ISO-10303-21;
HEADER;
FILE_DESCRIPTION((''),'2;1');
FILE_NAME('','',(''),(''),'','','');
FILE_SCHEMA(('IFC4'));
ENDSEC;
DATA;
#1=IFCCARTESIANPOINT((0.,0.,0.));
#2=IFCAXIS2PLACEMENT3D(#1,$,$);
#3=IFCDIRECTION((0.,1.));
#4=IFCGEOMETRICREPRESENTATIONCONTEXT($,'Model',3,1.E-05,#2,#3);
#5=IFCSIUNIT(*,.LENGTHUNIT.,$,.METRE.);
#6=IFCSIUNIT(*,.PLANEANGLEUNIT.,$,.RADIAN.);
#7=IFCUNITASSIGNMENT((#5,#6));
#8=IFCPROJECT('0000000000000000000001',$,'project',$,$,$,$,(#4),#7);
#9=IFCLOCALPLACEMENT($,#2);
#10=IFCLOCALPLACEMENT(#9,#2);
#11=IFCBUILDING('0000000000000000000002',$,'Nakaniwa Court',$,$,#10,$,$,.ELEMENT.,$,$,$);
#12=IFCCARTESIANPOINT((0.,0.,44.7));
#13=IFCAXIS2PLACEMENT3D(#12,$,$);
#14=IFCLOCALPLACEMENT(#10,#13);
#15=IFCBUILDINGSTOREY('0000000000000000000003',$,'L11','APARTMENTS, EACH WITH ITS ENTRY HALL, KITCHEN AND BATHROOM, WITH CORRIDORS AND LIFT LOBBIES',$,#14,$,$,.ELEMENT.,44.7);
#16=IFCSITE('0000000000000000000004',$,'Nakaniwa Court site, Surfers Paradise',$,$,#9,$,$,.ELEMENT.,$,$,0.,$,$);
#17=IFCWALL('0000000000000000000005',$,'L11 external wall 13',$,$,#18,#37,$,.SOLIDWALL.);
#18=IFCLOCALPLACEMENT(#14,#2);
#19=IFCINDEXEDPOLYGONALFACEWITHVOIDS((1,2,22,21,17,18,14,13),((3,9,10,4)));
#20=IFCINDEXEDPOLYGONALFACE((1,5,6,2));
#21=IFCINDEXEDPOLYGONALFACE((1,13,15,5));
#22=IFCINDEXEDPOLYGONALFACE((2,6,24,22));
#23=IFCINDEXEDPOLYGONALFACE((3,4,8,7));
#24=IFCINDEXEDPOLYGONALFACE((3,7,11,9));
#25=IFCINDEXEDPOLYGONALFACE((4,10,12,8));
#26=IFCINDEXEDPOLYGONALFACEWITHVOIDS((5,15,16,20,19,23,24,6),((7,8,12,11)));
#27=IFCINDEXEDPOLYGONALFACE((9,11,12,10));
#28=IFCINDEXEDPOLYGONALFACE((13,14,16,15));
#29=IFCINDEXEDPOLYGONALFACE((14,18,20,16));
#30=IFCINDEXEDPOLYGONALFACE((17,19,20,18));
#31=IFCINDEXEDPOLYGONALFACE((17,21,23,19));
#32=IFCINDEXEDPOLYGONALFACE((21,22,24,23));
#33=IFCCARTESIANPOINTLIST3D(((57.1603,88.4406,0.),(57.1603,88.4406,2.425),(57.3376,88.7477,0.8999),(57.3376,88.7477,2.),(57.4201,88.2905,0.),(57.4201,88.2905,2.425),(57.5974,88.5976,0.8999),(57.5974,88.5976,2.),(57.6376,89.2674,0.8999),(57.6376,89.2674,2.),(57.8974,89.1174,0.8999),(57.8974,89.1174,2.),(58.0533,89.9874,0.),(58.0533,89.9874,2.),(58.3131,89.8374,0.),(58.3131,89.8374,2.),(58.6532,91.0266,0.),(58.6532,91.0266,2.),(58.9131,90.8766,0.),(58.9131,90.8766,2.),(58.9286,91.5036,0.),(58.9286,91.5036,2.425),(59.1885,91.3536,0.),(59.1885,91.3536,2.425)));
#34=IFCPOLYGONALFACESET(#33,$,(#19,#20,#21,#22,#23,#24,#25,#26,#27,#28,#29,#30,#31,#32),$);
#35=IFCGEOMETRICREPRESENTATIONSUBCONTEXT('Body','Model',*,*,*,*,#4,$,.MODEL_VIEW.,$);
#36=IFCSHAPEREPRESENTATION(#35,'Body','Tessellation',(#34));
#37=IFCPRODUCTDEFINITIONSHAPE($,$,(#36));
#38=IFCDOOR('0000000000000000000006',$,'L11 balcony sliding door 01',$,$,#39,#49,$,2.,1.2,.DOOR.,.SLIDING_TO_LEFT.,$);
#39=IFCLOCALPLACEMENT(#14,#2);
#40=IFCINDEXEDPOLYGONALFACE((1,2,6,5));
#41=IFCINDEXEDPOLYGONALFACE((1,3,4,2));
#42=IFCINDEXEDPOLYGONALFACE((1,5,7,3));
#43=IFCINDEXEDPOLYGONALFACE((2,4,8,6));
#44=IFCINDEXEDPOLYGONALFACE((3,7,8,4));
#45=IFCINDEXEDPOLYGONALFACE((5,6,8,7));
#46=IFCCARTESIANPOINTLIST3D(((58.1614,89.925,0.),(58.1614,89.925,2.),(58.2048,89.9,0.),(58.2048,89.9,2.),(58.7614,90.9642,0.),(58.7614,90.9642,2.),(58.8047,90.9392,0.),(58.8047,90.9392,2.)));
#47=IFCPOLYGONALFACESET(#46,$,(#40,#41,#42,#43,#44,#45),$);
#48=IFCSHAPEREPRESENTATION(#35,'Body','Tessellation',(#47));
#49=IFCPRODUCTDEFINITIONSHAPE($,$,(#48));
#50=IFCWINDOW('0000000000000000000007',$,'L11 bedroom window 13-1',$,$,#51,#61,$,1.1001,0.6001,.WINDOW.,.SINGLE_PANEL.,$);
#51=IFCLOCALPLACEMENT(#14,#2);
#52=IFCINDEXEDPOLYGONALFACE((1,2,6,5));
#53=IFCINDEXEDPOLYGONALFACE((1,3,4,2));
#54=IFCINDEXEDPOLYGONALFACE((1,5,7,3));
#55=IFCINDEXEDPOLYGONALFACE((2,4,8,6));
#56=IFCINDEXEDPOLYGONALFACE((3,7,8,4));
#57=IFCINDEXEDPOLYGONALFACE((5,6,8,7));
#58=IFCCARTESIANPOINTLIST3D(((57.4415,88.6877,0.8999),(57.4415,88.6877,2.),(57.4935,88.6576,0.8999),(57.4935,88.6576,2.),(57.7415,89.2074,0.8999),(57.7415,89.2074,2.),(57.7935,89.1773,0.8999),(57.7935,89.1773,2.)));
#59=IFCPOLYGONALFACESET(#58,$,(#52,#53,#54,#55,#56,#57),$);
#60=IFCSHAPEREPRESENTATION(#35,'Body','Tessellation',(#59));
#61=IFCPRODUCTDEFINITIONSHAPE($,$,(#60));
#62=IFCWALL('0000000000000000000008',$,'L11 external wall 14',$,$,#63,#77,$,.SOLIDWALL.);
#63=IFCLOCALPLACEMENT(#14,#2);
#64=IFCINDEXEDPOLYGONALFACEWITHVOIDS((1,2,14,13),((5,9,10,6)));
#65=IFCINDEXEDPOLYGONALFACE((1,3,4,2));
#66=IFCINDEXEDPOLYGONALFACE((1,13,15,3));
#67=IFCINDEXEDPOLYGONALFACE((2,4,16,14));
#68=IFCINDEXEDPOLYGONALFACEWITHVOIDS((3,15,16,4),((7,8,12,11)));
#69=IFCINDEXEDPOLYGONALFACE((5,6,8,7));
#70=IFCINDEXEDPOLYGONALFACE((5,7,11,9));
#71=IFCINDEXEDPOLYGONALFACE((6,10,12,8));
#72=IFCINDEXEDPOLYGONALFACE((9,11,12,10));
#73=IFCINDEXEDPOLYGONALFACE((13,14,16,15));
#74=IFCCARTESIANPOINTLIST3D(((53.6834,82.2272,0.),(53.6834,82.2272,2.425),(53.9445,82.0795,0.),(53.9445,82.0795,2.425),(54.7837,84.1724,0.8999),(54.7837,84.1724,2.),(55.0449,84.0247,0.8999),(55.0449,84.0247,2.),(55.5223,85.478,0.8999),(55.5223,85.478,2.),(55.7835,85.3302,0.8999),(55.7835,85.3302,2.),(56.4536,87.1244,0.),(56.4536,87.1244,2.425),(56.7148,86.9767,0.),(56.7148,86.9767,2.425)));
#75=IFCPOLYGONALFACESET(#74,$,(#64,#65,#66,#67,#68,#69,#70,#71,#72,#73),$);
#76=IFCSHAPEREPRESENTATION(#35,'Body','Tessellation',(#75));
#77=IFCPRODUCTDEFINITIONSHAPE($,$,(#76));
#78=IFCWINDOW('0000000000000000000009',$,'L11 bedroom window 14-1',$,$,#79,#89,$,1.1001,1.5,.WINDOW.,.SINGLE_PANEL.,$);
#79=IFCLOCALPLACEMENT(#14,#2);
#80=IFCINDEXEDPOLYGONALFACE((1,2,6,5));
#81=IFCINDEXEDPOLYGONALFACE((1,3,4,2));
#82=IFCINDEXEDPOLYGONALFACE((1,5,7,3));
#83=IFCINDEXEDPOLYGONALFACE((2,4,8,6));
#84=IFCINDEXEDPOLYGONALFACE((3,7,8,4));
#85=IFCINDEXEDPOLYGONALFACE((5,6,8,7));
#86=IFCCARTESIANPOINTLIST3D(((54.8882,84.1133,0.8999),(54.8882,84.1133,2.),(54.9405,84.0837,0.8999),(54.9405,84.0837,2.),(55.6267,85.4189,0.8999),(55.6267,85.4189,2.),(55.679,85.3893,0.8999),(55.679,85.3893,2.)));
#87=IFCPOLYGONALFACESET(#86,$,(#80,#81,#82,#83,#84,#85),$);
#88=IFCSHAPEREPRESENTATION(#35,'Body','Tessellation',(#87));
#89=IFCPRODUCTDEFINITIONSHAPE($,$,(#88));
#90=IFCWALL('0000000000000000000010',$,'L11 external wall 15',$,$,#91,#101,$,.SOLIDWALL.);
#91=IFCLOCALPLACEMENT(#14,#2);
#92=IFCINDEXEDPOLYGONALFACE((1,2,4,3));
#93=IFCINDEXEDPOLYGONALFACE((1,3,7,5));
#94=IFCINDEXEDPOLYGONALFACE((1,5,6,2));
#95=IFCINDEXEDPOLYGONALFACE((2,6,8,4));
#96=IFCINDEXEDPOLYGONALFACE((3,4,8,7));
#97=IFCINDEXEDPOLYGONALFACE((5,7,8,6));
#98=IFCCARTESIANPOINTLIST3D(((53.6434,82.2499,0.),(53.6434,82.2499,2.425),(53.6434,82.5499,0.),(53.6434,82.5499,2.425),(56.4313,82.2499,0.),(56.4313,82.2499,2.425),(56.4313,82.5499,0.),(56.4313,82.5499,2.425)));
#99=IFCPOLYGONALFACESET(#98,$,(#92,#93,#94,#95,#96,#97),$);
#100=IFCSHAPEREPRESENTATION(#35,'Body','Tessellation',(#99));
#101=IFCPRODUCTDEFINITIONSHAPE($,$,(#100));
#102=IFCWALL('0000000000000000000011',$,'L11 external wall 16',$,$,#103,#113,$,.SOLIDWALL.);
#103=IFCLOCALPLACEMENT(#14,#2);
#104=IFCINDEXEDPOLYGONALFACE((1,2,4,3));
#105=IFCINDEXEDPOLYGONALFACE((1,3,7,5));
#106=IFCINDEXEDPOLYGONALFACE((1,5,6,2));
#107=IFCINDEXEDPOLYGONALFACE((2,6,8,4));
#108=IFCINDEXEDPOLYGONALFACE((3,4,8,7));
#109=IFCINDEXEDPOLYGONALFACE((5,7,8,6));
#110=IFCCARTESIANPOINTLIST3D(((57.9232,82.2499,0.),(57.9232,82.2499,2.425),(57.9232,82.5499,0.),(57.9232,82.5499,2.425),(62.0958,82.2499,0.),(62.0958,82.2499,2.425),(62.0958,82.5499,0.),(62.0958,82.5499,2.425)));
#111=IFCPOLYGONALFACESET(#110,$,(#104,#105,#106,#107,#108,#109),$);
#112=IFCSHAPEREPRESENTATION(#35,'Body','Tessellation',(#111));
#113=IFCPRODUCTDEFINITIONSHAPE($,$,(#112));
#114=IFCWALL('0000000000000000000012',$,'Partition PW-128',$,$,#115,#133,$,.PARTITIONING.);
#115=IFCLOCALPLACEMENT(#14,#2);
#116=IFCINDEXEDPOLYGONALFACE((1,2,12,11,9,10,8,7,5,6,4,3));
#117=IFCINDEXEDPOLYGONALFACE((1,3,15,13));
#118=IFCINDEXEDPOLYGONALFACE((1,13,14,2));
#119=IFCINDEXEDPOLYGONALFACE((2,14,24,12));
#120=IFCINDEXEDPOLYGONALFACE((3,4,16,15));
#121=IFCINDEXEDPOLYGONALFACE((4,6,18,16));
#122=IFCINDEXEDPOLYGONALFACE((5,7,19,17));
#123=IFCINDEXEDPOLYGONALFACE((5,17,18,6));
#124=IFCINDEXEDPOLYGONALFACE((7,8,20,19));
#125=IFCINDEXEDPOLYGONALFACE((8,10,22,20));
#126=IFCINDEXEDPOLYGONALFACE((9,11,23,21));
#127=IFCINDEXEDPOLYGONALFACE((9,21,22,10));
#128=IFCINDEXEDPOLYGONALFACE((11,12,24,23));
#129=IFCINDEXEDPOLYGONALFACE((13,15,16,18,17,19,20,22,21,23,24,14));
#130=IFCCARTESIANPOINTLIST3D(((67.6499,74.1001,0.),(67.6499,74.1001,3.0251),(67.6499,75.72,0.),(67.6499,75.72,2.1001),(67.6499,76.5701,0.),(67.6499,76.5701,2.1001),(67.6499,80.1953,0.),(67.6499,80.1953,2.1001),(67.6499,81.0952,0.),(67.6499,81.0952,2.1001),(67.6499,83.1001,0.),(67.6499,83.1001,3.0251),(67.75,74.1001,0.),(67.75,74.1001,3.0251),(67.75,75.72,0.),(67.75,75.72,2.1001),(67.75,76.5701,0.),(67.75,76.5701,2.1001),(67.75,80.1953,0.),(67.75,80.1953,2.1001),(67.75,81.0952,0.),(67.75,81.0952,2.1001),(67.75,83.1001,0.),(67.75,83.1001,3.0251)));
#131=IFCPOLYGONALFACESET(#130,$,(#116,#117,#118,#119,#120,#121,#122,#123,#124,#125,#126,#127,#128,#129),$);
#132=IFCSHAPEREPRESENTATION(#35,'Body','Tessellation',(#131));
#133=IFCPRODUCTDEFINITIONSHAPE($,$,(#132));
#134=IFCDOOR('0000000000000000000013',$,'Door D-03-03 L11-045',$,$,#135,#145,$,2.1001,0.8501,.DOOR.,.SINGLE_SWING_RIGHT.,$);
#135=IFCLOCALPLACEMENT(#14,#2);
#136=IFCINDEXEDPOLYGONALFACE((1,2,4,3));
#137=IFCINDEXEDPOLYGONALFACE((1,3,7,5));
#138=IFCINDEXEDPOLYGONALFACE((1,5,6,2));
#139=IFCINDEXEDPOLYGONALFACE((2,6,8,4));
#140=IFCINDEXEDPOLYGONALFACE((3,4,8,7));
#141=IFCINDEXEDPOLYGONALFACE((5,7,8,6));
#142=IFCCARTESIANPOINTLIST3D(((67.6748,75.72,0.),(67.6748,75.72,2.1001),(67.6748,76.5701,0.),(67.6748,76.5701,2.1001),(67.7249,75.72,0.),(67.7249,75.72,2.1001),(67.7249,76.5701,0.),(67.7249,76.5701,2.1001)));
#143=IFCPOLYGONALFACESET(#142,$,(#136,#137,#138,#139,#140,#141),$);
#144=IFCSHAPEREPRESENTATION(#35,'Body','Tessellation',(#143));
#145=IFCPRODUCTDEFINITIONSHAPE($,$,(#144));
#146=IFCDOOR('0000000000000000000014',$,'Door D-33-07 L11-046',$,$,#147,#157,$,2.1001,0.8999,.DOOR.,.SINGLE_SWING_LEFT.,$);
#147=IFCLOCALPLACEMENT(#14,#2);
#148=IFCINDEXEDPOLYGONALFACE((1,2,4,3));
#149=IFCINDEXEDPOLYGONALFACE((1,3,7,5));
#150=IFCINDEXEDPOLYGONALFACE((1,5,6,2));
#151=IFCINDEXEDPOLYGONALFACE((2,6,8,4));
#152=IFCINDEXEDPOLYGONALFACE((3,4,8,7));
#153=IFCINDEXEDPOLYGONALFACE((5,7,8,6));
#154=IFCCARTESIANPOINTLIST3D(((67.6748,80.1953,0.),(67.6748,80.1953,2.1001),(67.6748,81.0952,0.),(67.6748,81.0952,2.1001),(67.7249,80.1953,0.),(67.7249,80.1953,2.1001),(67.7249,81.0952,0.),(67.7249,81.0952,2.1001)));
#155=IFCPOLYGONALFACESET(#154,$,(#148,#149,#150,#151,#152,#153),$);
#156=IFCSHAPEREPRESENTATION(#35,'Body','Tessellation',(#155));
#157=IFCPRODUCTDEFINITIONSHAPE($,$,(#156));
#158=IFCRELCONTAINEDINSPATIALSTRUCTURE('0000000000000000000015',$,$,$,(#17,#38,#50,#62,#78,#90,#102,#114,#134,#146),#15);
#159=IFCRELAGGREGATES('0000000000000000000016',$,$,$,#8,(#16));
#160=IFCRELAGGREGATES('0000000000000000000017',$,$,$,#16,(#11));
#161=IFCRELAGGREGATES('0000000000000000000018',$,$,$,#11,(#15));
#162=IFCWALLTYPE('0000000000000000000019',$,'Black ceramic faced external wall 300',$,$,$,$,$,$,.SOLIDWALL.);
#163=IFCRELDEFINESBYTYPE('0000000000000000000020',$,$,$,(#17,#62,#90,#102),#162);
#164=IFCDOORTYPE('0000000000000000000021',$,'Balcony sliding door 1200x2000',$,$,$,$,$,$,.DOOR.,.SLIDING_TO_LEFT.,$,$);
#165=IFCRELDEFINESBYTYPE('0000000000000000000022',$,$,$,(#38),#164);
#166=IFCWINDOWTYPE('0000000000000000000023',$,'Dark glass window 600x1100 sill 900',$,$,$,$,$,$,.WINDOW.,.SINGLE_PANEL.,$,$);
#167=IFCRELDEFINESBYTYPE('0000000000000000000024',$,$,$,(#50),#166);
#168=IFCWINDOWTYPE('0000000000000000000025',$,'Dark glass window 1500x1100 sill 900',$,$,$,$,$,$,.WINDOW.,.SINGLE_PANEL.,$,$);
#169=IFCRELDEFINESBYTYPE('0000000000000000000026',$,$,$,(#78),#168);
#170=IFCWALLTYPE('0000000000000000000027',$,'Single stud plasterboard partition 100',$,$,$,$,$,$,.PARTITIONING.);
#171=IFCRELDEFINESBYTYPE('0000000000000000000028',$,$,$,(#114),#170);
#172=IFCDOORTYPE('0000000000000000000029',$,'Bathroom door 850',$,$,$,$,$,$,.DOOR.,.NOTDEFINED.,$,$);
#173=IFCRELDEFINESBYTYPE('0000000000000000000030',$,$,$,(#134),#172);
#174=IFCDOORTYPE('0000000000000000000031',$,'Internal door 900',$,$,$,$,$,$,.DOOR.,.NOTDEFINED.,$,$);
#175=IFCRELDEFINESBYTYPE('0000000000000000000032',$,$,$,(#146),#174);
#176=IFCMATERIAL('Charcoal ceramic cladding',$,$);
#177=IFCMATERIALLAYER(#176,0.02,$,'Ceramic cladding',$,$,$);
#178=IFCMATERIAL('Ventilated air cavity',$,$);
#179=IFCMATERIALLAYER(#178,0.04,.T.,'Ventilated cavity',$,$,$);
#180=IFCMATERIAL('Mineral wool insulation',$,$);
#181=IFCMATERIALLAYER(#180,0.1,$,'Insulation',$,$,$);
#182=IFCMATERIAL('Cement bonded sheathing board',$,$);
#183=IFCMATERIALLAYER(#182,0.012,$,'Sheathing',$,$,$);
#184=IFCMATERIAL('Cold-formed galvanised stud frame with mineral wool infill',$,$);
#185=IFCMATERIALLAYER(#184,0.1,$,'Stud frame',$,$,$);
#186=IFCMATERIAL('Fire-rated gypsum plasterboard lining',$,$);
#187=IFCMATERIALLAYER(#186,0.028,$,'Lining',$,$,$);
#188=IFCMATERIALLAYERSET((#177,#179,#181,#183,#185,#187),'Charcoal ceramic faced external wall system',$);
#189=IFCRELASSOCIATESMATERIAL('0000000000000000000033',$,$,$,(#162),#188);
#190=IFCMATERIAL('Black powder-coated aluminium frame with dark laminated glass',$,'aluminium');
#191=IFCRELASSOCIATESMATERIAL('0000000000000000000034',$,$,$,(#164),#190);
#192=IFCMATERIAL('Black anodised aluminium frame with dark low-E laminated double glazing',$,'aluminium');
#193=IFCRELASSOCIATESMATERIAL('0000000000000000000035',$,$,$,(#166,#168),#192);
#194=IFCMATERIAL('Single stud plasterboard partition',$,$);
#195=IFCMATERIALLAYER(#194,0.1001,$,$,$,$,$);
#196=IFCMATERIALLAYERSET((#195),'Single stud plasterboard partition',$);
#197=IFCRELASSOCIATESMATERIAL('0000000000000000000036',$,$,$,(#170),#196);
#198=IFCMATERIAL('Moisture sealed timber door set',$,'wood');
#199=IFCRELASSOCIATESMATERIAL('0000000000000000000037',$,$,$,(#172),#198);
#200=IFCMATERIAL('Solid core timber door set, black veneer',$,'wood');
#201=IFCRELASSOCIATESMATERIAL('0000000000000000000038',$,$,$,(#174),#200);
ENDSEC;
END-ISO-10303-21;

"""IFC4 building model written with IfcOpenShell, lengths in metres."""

from ifc_helpers import new_model, si_unit, direction, frame, frame_2d, origin, place, context, subcontext, project, spatial, rectangle, extrude, material, layer, layer_set, type_object, element, fill, save


model = new_model("IFC4")

# Units and contexts
model_context = context("Model", 3, precision=1e-05, world=origin(), true_north=direction((0.0, 1.0)))
body_context = subcontext(model_context, "Body", "Model", "MODEL_VIEW")
ifc_project = project(units=[si_unit("LENGTHUNIT", "METRE"), si_unit("PLANEANGLEUNIT", "RADIAN")], contexts=[model_context])

# Site, building, storey
site_placement = place(None, origin())
site = spatial("IfcSite", under=ifc_project, at=site_placement, Name="Nakaniwa Court site, Surfers Paradise", CompositionType="ELEMENT", RefElevation=0.0)
building_placement = place(site_placement, origin())
building = spatial("IfcBuilding", under=site, at=building_placement, Name="Nakaniwa Court", CompositionType="ELEMENT")
storey_placement = place(building_placement, frame((0.0, 0.0, 44.7)))
storey = spatial("IfcBuildingStorey", under=building, at=storey_placement, Name="L11", Description="APARTMENTS, EACH WITH ITS ENTRY HALL, KITCHEN AND BATHROOM, WITH CORRIDORS AND LIFT LOBBIES", CompositionType="ELEMENT", Elevation=44.7)

# Wall, openings, door, window
ifc_material_1 = material(Name="Charcoal ceramic cladding")
ifc_layer_1 = layer(ifc_material_1, 0.02, Name="Ceramic cladding")
ifc_material_2 = material(Name="Ventilated air cavity")
ifc_layer_2 = layer(ifc_material_2, 0.04, ventilated=True, Name="Ventilated cavity")
ifc_material_3 = material(Name="Mineral wool insulation")
ifc_layer_3 = layer(ifc_material_3, 0.1, Name="Insulation")
ifc_material_4 = material(Name="Cement bonded sheathing board")
ifc_layer_4 = layer(ifc_material_4, 0.012, Name="Sheathing")
ifc_material_5 = material(Name="Cold-formed galvanised stud frame with mineral wool infill")
ifc_layer_5 = layer(ifc_material_5, 0.1, Name="Stud frame")
ifc_material_6 = material(Name="Fire-rated gypsum plasterboard lining")
ifc_layer_6 = layer(ifc_material_6, 0.028, Name="Lining")
ifc_layer_set_1 = layer_set([ifc_layer_1, ifc_layer_2, ifc_layer_3, ifc_layer_4, ifc_layer_5, ifc_layer_6], Name="Charcoal ceramic faced external wall system")
wall_type_1 = type_object("IfcWallType", Name="Black ceramic faced external wall 300", PredefinedType="SOLIDWALL", material=ifc_layer_set_1)
wall_1_placement = place(storey_placement, frame((59.0586, 91.4287, 0.0), z_axis=(0.0, 0.0, 1.0), x_axis=(-0.499977, -0.866038, 0.0)))
wall_1 = element("IfcWall", 1, at=wall_1_placement, inside=storey, type_object=wall_type_1, Name="L11 external wall 13", PredefinedType="SOLIDWALL", context=body_context, shape_type="SweptSolid", body=[
    extrude(rectangle(XDim=3.5369, YDim=0.3, at=frame_2d((1.7686, 0.0))), origin(), (0.0, 0.0, 1.0), 2.425),
])
opening_1_placement = place(wall_1_placement, frame((0.5508, 0.0, 0.0)))
opening_1 = element("IfcOpeningElement", 2, at=opening_1_placement, cuts=wall_1, PredefinedType="OPENING", context=body_context, shape_type="SweptSolid", body=[
    extrude(rectangle(XDim=1.2, YDim=2.0, at=frame_2d((0.6001, 1.0))), frame((0.0, 0.1599, 0.0), z_axis=(0.0, -1.0, 0.0), x_axis=(1.0, 0.0, 0.0)), (0.0, 0.0, 1.0), 0.3201),
])
opening_2_placement = place(wall_1_placement, frame((2.5823, 0.0, 0.8999)))
opening_2 = element("IfcOpeningElement", 3, at=opening_2_placement, cuts=wall_1, PredefinedType="OPENING", context=body_context, shape_type="SweptSolid", body=[
    extrude(rectangle(XDim=0.6001, YDim=1.1001, at=frame_2d((0.3, 0.55))), frame((0.0, 0.1599, 0.0), z_axis=(0.0, -1.0, 0.0), x_axis=(1.0, 0.0, 0.0)), (0.0, 0.0, 1.0), 0.3201),
])
ifc_material_7 = material(Name="Black powder-coated aluminium frame with dark laminated glass", Category="aluminium")
door_type_1 = type_object("IfcDoorType", Name="Balcony sliding door 1200x2000", OperationType="SLIDING_TO_LEFT", PredefinedType="DOOR", material=ifc_material_7)
door_1_placement = place(opening_1_placement, origin())
door_1 = element("IfcDoor", 4, at=door_1_placement, inside=storey, type_object=door_type_1, Name="L11 balcony sliding door 01", OperationType="SLIDING_TO_LEFT", OverallHeight=2.0, OverallWidth=1.2, PredefinedType="DOOR", context=body_context, shape_type="SweptSolid", body=[
    extrude(rectangle(XDim=1.2, YDim=2.0, at=frame_2d((0.6001, 1.0))), frame((0.0, 0.0249, 0.0), z_axis=(0.0, -1.0, 0.0), x_axis=(1.0, 0.0, 0.0)), (0.0, 0.0, 1.0), 0.05),
])
fill(opening_1, door_1)
ifc_material_8 = material(Name="Black anodised aluminium frame with dark low-E laminated double glazing", Category="aluminium")
window_type_1 = type_object("IfcWindowType", Name="Dark glass window 600x1100 sill 900", PartitioningType="SINGLE_PANEL", PredefinedType="WINDOW", material=ifc_material_8)
window_1_placement = place(opening_2_placement, origin())
window_1 = element("IfcWindow", 5, at=window_1_placement, inside=storey, type_object=window_type_1, Name="L11 bedroom window 13-1", OverallHeight=1.1001, OverallWidth=0.6001, PartitioningType="SINGLE_PANEL", PredefinedType="WINDOW", context=body_context, shape_type="SweptSolid", body=[
    extrude(rectangle(XDim=0.6001, YDim=1.1001, at=frame_2d((0.3, 0.55))), frame((0.0, 0.03, 0.0), z_axis=(0.0, -1.0, 0.0), x_axis=(1.0, 0.0, 0.0)), (0.0, 0.0, 1.0), 0.0601),
])
fill(opening_2, window_1)

# Wall, opening, window
wall_2_placement = place(storey_placement, frame((56.5842, 87.0505, 0.0), z_axis=(0.0, 0.0, 1.0), x_axis=(-0.492363, -0.87039, 0.0)))
wall_2 = element("IfcWall", 6, at=wall_2_placement, inside=storey, type_object=wall_type_1, Name="L11 external wall 14", PredefinedType="SOLIDWALL", context=body_context, shape_type="SweptSolid", body=[
    extrude(rectangle(XDim=5.6265, YDim=0.3, at=frame_2d((2.8132, 0.0))), origin(), (0.0, 0.0, 1.0), 2.425),
])
opening_3_placement = place(wall_2_placement, frame((1.8916, 0.0, 0.8999)))
opening_3 = element("IfcOpeningElement", 7, at=opening_3_placement, cuts=wall_2, PredefinedType="OPENING", context=body_context, shape_type="SweptSolid", body=[
    extrude(rectangle(XDim=1.5, YDim=1.1001, at=frame_2d((0.75, 0.55))), frame((0.0, 0.1599, 0.0), z_axis=(0.0, -1.0, 0.0), x_axis=(1.0, 0.0, 0.0)), (0.0, 0.0, 1.0), 0.3201),
])
window_type_2 = type_object("IfcWindowType", Name="Dark glass window 1500x1100 sill 900", PartitioningType="SINGLE_PANEL", PredefinedType="WINDOW", material=ifc_material_8)
window_2_placement = place(opening_3_placement, origin())
window_2 = element("IfcWindow", 8, at=window_2_placement, inside=storey, type_object=window_type_2, Name="L11 bedroom window 14-1", OverallHeight=1.1001, OverallWidth=1.5, PartitioningType="SINGLE_PANEL", PredefinedType="WINDOW", context=body_context, shape_type="SweptSolid", body=[
    extrude(rectangle(XDim=1.5, YDim=1.1001, at=frame_2d((0.75, 0.55))), frame((0.0, 0.03, 0.0), z_axis=(0.0, -1.0, 0.0), x_axis=(1.0, 0.0, 0.0)), (0.0, 0.0, 1.0), 0.0601),
])
fill(opening_3, window_2)

# Walls
wall_3_placement = place(storey_placement, frame((53.6433, 82.3999, 0.0), z_axis=(0.0, 0.0, 1.0), x_axis=(1.0, 0.0, 0.0)))
element("IfcWall", 9, at=wall_3_placement, inside=storey, type_object=wall_type_1, Name="L11 external wall 15", PredefinedType="SOLIDWALL", context=body_context, shape_type="SweptSolid", body=[
    extrude(rectangle(XDim=2.7878, YDim=0.3, at=frame_2d((1.394, 0.0))), origin(), (0.0, 0.0, 1.0), 2.425),
])
wall_4_placement = place(storey_placement, frame((57.9231, 82.3999, 0.0), z_axis=(0.0, 0.0, 1.0), x_axis=(1.0, 0.0, 0.0)))
element("IfcWall", 10, at=wall_4_placement, inside=storey, type_object=wall_type_1, Name="L11 external wall 16", PredefinedType="SOLIDWALL", context=body_context, shape_type="SweptSolid", body=[
    extrude(rectangle(XDim=4.1726, YDim=0.3, at=frame_2d((2.0864, 0.0))), origin(), (0.0, 0.0, 1.0), 2.425),
])

# Wall, openings, doors
ifc_material_9 = material(Name="Single stud plasterboard partition")
ifc_layer_7 = layer(ifc_material_9, 0.1001)
ifc_layer_set_2 = layer_set([ifc_layer_7], Name="Single stud plasterboard partition")
wall_type_2 = type_object("IfcWallType", Name="Single stud plasterboard partition 100", PredefinedType="PARTITIONING", material=ifc_layer_set_2)
wall_5_placement = place(storey_placement, frame((67.7, 83.1001, 0.0), z_axis=(0.0, 0.0, 1.0), x_axis=(0.0, -1.0, 0.0)))
wall_5 = element("IfcWall", 11, at=wall_5_placement, inside=storey, type_object=wall_type_2, Name="Partition PW-128", PredefinedType="PARTITIONING", context=body_context, shape_type="SweptSolid", body=[
    extrude(rectangle(XDim=9.0, YDim=0.1001, at=frame_2d((4.5, 0.0))), origin(), (0.0, 0.0, 1.0), 3.0251),
])
opening_4_placement = place(wall_5_placement, frame((6.53, 0.0, 0.0)))
opening_4 = element("IfcOpeningElement", 12, at=opening_4_placement, cuts=wall_5, PredefinedType="OPENING", context=body_context, shape_type="SweptSolid", body=[
    extrude(rectangle(XDim=0.8501, YDim=2.1001, at=frame_2d((0.425, 1.05))), frame((0.0, 0.0601, 0.0), z_axis=(0.0, -1.0, 0.0), x_axis=(1.0, 0.0, 0.0)), (0.0, 0.0, 1.0), 0.1201),
])
opening_5_placement = place(wall_5_placement, frame((2.0049, 0.0, 0.0)))
opening_5 = element("IfcOpeningElement", 13, at=opening_5_placement, cuts=wall_5, PredefinedType="OPENING", context=body_context, shape_type="SweptSolid", body=[
    extrude(rectangle(XDim=0.8999, YDim=2.1001, at=frame_2d((0.45, 1.05))), frame((0.0, 0.0601, 0.0), z_axis=(0.0, -1.0, 0.0), x_axis=(1.0, 0.0, 0.0)), (0.0, 0.0, 1.0), 0.1201),
])
ifc_material_10 = material(Name="Moisture sealed timber door set", Category="wood")
door_type_2 = type_object("IfcDoorType", Name="Bathroom door 850", OperationType="NOTDEFINED", PredefinedType="DOOR", material=ifc_material_10)
door_2_placement = place(opening_4_placement, origin())
door_2 = element("IfcDoor", 14, at=door_2_placement, inside=storey, type_object=door_type_2, Name="Door D-03-03 L11-045", OperationType="SINGLE_SWING_RIGHT", OverallHeight=2.1001, OverallWidth=0.8501, PredefinedType="DOOR", context=body_context, shape_type="SweptSolid", body=[
    extrude(rectangle(XDim=0.8501, YDim=2.1001, at=frame_2d((0.425, 1.05))), frame((0.0, 0.0249, 0.0), z_axis=(0.0, -1.0, 0.0), x_axis=(1.0, 0.0, 0.0)), (0.0, 0.0, 1.0), 0.05),
])
fill(opening_4, door_2)
ifc_material_11 = material(Name="Solid core timber door set, black veneer", Category="wood")
door_type_3 = type_object("IfcDoorType", Name="Internal door 900", OperationType="NOTDEFINED", PredefinedType="DOOR", material=ifc_material_11)
door_3_placement = place(opening_5_placement, origin())
door_3 = element("IfcDoor", 15, at=door_3_placement, inside=storey, type_object=door_type_3, Name="Door D-33-07 L11-046", OperationType="SINGLE_SWING_LEFT", OverallHeight=2.1001, OverallWidth=0.8999, PredefinedType="DOOR", context=body_context, shape_type="SweptSolid", body=[
    extrude(rectangle(XDim=0.8999, YDim=2.1001, at=frame_2d((0.45, 1.05))), frame((0.0, 0.0249, 0.0), z_axis=(0.0, -1.0, 0.0), x_axis=(1.0, 0.0, 0.0)), (0.0, 0.0, 1.0), 0.05),
])
fill(opening_5, door_3)

save(model, "model.ifc")
